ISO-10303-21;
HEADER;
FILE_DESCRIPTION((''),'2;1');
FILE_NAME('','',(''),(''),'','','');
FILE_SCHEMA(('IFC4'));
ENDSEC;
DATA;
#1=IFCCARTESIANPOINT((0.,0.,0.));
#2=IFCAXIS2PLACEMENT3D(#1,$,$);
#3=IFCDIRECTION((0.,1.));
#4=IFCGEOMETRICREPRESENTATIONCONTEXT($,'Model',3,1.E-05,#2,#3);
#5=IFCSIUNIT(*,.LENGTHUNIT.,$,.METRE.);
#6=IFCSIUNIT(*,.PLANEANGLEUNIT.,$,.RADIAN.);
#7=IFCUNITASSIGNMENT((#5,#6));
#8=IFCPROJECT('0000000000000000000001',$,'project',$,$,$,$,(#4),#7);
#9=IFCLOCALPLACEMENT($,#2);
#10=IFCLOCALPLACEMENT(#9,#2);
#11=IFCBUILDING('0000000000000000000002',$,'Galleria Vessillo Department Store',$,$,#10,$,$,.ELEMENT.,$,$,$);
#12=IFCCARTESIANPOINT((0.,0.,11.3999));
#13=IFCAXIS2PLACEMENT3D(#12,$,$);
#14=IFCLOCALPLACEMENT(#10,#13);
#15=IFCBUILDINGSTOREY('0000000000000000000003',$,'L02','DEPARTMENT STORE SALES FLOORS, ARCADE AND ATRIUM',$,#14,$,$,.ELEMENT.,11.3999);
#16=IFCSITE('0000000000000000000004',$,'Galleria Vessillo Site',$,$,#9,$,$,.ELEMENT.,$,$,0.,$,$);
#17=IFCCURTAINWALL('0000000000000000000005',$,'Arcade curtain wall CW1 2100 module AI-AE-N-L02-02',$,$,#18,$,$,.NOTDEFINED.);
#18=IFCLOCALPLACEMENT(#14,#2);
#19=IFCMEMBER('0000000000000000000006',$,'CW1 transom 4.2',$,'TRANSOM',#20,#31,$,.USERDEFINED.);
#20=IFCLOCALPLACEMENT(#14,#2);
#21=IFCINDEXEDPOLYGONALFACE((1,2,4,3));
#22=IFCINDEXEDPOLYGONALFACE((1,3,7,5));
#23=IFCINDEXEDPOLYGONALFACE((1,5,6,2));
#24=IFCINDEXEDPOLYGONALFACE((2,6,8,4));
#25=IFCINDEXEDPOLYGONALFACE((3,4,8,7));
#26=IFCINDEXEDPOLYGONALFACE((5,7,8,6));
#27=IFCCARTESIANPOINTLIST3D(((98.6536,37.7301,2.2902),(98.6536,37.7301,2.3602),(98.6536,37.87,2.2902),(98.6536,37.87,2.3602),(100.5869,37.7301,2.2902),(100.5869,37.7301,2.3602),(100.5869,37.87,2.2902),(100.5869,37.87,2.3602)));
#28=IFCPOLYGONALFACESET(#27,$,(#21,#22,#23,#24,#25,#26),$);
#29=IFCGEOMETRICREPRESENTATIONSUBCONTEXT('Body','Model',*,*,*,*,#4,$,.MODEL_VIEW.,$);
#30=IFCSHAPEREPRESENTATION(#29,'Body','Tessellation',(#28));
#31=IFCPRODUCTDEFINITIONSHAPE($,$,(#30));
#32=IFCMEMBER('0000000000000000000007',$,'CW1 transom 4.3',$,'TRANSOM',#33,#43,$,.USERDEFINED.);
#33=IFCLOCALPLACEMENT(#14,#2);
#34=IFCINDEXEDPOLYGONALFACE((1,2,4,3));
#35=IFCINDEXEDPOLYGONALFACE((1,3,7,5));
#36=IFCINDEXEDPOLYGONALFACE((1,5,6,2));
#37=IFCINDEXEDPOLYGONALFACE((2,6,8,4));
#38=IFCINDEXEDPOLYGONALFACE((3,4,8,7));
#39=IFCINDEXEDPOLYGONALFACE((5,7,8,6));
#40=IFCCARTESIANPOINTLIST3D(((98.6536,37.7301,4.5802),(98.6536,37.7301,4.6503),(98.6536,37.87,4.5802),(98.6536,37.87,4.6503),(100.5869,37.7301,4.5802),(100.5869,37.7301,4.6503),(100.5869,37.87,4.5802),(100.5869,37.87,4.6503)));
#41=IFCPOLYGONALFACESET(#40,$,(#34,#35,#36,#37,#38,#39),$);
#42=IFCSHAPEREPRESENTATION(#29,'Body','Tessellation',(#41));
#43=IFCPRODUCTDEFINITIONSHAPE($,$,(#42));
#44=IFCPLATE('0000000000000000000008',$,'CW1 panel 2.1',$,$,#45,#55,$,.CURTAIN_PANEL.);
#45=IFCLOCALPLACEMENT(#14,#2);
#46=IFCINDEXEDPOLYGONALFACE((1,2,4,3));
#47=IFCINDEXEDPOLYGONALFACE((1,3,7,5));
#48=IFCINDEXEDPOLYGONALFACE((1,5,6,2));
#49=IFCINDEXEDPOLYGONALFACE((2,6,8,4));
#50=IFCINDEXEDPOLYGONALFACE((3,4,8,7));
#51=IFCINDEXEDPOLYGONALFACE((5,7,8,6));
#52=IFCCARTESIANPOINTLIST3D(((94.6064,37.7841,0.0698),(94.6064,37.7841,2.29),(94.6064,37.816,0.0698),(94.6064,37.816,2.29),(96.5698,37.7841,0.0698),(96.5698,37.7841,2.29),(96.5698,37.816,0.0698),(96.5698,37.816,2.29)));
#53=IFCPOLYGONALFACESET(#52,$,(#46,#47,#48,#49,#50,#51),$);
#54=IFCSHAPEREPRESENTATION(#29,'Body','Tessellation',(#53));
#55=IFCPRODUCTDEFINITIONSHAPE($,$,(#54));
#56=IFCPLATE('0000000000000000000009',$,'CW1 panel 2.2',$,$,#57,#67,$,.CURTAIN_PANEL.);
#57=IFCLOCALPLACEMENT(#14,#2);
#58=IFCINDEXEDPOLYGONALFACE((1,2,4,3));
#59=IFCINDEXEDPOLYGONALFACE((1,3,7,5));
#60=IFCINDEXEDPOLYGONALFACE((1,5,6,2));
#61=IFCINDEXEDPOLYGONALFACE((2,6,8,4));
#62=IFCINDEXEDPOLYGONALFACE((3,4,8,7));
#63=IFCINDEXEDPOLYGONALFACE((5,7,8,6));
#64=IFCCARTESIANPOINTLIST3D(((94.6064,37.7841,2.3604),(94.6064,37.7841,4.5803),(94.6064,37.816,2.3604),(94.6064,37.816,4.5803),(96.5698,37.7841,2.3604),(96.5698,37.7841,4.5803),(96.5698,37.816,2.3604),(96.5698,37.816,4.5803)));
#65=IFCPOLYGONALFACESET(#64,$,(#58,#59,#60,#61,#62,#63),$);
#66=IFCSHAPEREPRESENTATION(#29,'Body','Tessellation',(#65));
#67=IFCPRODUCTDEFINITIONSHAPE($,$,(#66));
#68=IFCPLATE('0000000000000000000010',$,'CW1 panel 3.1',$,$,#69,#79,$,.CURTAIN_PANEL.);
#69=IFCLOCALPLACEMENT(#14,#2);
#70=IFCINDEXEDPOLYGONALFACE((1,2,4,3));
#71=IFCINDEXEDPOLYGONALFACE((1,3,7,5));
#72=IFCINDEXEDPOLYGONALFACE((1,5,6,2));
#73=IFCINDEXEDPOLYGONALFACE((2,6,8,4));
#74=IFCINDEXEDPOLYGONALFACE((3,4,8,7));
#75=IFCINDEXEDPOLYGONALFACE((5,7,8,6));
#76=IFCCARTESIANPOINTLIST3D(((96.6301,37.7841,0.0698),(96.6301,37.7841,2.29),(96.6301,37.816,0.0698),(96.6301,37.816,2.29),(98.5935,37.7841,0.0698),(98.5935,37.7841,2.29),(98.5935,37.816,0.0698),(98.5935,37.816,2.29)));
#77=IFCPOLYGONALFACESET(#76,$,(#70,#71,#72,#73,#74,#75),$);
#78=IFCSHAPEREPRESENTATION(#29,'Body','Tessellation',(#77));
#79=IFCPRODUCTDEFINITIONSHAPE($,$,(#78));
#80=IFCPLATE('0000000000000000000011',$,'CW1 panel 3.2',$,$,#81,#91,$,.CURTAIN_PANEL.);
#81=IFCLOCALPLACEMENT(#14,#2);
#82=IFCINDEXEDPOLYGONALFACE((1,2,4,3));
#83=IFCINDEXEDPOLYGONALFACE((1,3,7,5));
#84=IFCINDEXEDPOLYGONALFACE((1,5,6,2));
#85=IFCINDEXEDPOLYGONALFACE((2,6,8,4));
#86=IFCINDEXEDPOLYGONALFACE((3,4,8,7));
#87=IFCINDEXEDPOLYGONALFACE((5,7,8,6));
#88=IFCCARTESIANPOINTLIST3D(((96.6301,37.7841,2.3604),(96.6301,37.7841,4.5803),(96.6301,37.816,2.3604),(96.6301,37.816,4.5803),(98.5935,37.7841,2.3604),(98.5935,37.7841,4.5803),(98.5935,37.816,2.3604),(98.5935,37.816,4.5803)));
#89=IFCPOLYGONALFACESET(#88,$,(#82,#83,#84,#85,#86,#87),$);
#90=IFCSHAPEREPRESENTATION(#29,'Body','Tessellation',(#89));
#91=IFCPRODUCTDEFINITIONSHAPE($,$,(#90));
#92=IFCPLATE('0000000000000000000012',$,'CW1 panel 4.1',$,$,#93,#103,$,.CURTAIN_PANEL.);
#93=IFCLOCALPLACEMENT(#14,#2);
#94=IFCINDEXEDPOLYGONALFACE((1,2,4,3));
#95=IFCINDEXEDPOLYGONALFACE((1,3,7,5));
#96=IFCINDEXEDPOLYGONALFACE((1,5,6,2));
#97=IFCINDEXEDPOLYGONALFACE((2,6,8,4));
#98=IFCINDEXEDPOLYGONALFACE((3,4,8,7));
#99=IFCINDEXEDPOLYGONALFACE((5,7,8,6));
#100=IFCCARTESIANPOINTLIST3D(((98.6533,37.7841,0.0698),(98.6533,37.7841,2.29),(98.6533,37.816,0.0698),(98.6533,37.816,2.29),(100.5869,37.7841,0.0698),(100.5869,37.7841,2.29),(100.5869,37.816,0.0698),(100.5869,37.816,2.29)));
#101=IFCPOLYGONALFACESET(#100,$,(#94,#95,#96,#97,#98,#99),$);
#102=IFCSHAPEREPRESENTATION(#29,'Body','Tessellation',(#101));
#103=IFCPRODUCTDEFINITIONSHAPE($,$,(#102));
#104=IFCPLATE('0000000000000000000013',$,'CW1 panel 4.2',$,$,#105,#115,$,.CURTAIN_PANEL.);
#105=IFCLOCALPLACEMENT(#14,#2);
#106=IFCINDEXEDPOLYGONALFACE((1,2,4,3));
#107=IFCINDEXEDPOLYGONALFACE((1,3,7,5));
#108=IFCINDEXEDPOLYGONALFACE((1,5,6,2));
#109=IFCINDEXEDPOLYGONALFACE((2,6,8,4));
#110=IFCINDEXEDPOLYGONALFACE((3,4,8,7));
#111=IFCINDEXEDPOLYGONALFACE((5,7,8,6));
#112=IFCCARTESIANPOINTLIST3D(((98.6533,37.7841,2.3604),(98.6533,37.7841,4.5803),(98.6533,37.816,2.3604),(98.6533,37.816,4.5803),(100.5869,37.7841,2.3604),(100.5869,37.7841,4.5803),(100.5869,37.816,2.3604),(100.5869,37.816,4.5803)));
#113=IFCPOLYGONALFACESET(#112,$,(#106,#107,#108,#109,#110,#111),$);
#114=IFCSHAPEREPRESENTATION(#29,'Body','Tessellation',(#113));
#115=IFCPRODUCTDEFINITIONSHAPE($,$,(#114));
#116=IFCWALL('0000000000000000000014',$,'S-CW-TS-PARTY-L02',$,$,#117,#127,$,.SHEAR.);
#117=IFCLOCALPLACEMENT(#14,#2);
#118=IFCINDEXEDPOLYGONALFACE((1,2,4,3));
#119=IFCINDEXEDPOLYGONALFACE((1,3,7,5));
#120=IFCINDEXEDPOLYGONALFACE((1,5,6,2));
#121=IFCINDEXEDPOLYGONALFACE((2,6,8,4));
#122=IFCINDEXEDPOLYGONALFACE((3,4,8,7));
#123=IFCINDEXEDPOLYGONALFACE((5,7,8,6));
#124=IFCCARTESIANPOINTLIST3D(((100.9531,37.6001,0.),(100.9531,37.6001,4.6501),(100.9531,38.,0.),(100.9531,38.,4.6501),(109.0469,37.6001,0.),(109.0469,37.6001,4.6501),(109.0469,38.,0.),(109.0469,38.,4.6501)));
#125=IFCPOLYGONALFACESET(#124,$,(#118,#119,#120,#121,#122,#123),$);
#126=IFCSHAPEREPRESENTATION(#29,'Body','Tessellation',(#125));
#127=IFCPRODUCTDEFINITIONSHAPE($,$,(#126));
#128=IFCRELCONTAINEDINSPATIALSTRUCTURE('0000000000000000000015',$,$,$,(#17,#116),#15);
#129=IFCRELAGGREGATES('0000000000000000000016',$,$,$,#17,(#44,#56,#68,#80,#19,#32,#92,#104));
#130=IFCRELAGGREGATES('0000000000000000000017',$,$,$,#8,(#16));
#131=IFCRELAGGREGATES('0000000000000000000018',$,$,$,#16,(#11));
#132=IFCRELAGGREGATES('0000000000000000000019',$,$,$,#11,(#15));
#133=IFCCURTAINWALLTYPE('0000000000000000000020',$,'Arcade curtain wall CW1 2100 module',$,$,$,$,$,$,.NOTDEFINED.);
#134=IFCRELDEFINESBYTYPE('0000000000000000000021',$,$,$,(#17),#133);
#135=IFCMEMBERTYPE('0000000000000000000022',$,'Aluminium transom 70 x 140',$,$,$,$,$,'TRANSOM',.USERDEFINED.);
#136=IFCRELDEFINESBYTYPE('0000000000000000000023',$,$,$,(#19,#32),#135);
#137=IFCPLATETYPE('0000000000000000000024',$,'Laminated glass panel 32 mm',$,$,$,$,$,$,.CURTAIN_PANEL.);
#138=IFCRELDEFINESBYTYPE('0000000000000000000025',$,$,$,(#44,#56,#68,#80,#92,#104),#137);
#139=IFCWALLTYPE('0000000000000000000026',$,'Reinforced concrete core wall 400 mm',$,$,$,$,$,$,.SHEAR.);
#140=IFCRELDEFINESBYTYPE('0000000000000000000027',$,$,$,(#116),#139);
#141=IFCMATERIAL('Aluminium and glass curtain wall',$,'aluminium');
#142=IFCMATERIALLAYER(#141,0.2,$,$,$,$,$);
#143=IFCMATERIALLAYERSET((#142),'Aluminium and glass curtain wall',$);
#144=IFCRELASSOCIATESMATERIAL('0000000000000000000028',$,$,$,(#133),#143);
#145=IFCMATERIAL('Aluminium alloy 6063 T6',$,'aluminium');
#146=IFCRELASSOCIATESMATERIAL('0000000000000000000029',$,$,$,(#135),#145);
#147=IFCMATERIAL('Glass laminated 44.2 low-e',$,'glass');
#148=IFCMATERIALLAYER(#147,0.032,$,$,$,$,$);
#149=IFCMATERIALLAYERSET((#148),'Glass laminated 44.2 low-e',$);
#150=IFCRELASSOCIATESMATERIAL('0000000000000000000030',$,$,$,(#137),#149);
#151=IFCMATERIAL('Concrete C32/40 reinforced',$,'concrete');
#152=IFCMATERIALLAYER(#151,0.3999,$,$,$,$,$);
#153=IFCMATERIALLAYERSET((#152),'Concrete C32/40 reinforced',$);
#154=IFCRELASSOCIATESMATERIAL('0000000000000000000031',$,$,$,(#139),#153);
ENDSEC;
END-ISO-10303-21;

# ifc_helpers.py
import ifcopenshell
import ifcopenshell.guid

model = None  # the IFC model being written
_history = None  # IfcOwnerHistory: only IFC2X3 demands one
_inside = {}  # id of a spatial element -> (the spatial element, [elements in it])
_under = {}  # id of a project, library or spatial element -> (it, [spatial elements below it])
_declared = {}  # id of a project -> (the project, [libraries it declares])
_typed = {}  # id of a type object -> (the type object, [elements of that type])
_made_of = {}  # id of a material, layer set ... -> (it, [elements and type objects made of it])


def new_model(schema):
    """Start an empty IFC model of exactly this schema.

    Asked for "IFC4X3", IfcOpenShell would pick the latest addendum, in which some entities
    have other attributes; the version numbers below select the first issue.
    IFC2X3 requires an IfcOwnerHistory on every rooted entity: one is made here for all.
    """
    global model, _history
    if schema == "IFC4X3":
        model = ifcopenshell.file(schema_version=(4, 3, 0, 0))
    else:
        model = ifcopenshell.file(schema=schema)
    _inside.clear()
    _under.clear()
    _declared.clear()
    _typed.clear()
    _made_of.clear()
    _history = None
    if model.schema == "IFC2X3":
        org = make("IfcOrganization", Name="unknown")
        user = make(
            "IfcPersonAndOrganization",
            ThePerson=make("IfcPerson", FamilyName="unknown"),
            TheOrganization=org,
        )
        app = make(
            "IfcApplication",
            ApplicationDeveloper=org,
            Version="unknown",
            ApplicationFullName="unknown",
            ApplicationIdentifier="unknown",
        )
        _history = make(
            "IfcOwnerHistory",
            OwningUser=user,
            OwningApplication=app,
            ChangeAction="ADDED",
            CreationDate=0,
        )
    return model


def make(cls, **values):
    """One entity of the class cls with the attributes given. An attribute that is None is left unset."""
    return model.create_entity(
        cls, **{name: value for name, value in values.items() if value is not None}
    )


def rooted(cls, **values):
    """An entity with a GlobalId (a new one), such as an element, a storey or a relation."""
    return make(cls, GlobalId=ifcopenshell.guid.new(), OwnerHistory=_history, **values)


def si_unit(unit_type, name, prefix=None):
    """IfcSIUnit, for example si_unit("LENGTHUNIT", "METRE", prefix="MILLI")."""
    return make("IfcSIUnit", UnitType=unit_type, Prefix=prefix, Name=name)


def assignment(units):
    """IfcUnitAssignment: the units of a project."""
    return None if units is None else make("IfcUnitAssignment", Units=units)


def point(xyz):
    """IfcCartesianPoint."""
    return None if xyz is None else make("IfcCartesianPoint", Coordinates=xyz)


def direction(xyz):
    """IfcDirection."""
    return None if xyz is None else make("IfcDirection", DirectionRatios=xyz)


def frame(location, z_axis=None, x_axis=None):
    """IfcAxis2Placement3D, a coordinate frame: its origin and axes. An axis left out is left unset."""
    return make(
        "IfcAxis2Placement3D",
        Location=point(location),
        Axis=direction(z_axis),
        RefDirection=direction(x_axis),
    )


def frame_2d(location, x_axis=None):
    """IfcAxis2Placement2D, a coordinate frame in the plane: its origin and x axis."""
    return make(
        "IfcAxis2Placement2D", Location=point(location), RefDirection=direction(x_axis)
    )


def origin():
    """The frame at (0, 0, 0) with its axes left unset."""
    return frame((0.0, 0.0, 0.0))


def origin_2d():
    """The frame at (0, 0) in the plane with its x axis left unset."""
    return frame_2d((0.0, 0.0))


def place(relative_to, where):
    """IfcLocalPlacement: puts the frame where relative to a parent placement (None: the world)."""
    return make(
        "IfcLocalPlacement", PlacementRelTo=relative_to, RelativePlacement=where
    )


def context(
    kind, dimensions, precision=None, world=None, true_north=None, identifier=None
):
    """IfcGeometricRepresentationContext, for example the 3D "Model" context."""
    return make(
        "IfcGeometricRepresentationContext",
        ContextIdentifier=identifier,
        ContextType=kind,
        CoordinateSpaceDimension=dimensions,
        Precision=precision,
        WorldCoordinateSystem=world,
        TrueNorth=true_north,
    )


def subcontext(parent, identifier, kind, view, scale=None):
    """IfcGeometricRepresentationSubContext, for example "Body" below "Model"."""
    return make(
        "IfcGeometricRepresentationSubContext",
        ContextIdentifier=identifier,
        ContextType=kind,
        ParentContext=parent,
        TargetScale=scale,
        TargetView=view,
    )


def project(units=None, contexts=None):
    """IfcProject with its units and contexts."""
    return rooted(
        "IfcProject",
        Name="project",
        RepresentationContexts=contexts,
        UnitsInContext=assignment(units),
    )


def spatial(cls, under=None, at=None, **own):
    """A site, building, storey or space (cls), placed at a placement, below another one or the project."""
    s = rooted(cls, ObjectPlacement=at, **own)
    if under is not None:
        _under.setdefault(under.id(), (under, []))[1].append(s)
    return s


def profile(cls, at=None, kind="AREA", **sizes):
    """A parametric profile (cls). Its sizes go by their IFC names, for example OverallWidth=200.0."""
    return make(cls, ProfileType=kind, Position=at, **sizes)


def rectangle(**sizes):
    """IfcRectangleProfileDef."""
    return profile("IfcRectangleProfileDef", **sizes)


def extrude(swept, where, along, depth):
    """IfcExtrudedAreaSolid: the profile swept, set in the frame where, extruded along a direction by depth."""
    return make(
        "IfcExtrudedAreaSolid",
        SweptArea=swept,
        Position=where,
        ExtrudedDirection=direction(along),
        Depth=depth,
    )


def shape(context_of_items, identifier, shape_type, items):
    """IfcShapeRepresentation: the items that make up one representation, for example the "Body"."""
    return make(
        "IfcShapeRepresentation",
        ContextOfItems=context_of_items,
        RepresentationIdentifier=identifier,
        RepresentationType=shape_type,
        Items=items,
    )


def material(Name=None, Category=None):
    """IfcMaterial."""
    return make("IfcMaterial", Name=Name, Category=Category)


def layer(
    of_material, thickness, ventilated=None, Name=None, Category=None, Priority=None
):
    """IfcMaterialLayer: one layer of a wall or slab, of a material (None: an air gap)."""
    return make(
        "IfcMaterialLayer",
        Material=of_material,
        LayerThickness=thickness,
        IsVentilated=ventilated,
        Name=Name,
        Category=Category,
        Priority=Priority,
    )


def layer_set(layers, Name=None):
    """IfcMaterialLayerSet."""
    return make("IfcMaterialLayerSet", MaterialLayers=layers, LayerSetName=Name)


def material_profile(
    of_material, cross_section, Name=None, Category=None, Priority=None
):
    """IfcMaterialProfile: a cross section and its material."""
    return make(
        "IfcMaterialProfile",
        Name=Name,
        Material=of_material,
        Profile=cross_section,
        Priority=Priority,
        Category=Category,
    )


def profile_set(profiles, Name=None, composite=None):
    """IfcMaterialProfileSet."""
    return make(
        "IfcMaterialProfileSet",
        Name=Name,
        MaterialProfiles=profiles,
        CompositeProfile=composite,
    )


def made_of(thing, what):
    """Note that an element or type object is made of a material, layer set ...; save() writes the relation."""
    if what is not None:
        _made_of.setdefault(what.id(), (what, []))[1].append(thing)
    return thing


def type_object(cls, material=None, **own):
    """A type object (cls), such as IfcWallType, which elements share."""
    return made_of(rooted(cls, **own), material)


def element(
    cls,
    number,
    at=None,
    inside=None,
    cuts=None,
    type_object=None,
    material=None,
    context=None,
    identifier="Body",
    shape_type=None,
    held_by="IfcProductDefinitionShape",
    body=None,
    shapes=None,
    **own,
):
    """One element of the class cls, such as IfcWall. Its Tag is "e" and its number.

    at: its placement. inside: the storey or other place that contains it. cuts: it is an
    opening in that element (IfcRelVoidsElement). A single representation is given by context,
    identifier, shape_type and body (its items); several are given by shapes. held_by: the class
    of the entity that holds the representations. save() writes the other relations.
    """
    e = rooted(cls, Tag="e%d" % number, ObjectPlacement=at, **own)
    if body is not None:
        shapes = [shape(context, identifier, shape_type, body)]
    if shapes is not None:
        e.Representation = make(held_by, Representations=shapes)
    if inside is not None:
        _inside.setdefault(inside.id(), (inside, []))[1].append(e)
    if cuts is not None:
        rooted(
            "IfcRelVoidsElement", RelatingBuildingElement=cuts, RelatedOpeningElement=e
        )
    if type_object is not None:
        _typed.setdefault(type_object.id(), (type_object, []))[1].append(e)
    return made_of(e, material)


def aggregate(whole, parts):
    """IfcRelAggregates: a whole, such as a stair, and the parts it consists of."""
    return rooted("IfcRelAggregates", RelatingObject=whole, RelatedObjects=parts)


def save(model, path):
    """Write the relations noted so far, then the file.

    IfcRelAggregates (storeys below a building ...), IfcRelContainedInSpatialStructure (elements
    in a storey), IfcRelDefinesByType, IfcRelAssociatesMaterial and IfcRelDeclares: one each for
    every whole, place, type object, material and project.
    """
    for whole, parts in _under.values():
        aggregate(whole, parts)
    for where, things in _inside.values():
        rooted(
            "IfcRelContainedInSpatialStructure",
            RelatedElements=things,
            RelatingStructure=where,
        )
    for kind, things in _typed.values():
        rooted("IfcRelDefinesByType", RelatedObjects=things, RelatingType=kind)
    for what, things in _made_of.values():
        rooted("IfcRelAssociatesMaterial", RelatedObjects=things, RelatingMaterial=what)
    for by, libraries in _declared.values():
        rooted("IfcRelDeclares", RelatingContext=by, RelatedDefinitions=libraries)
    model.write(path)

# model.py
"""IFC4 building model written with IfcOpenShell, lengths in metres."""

from ifc_helpers import new_model, si_unit, direction, frame, frame_2d, origin, origin_2d, place, context, subcontext, project, spatial, rectangle, extrude, material, layer, layer_set, material_profile, profile_set, type_object, element, aggregate, save


model = new_model("IFC4")

# Units and contexts
model_context = context("Model", 3, precision=1e-05, world=origin(), true_north=direction((0.0, 1.0)))
body_context = subcontext(model_context, "Body", "Model", "MODEL_VIEW")
ifc_project = project(units=[si_unit("LENGTHUNIT", "METRE"), si_unit("PLANEANGLEUNIT", "RADIAN")], contexts=[model_context])

# Site, building, storey
site_placement = place(None, origin())
site = spatial("IfcSite", under=ifc_project, at=site_placement, Name="Galleria Vessillo Site", CompositionType="ELEMENT", RefElevation=0.0)
building_placement = place(site_placement, origin())
building = spatial("IfcBuilding", under=site, at=building_placement, Name="Galleria Vessillo Department Store", CompositionType="ELEMENT")
storey_placement = place(building_placement, frame((0.0, 0.0, 11.3999)))
storey = spatial("IfcBuildingStorey", under=building, at=storey_placement, Name="L02", Description="DEPARTMENT STORE SALES FLOORS, ARCADE AND ATRIUM", CompositionType="ELEMENT", Elevation=11.3999)

# Curtain wall, members, plates
ifc_material_1 = material(Name="Aluminium and glass curtain wall", Category="aluminium")
ifc_layer_1 = layer(ifc_material_1, 0.2)
ifc_layer_set_1 = layer_set([ifc_layer_1], Name="Aluminium and glass curtain wall")
curtain_wall_type = type_object("IfcCurtainWallType", Name="Arcade curtain wall CW1 2100 module", PredefinedType="NOTDEFINED", material=ifc_layer_set_1)
curtain_wall_placement = place(storey_placement, origin())
curtain_wall = element("IfcCurtainWall", 1, at=curtain_wall_placement, inside=storey, type_object=curtain_wall_type, Name="Arcade curtain wall CW1 2100 module AI-AE-N-L02-02", PredefinedType="NOTDEFINED")
ifc_material_2 = material(Name="Aluminium alloy 6063 T6", Category="aluminium")
ifc_material_profile_1 = material_profile(ifc_material_2, rectangle(XDim=0.1399, YDim=0.0701, at=origin_2d()), Name="AL 70x140")
ifc_profile_set_1 = profile_set([ifc_material_profile_1], Name="Aluminium alloy 6063 T6")
member_type_1 = type_object("IfcMemberType", Name="Aluminium transom 70 x 140", ElementType="TRANSOM", PredefinedType="USERDEFINED", material=ifc_profile_set_1)
member_1_placement = place(storey_placement, frame((98.6536, 37.8, 2.3252), z_axis=(1.0, 0.0, 0.0), x_axis=(0.0, 1.0, 0.0)))
member_1 = element("IfcMember", 2, at=member_1_placement, type_object=member_type_1, Name="CW1 transom 4.2", ObjectType="TRANSOM", PredefinedType="USERDEFINED", context=body_context, shape_type="SweptSolid", body=[
    extrude(rectangle(XDim=0.1399, YDim=0.0701, at=origin_2d()), origin(), (0.0, 0.0, 1.0), 1.9333),
])
member_2_placement = place(storey_placement, frame((98.6536, 37.8, 4.6152), z_axis=(1.0, 0.0, 0.0), x_axis=(0.0, 1.0, 0.0)))
member_2 = element("IfcMember", 3, at=member_2_placement, type_object=member_type_1, Name="CW1 transom 4.3", ObjectType="TRANSOM", PredefinedType="USERDEFINED", context=body_context, shape_type="SweptSolid", body=[
    extrude(rectangle(XDim=0.1399, YDim=0.0701, at=origin_2d()), origin(), (0.0, 0.0, 1.0), 1.9333),
])
ifc_material_3 = material(Name="Glass laminated 44.2 low-e", Category="glass")
ifc_layer_2 = layer(ifc_material_3, 0.032)
ifc_layer_set_2 = layer_set([ifc_layer_2], Name="Glass laminated 44.2 low-e")
plate_type = type_object("IfcPlateType", Name="Laminated glass panel 32 mm", PredefinedType="CURTAIN_PANEL", material=ifc_layer_set_2)
plate_1_placement = place(storey_placement, frame((95.5881, 37.8, 0.0698), z_axis=(0.0, 0.0, 1.0), x_axis=(1.0, 0.0, 0.0)))
plate_1 = element("IfcPlate", 4, at=plate_1_placement, type_object=plate_type, Name="CW1 panel 2.1", PredefinedType="CURTAIN_PANEL", context=body_context, shape_type="SweptSolid", body=[
    extrude(rectangle(XDim=1.9634, YDim=0.032, at=origin_2d()), origin(), (0.0, 0.0, 1.0), 2.2202),
])
plate_2_placement = place(storey_placement, frame((95.5881, 37.8, 2.3604), z_axis=(0.0, 0.0, 1.0), x_axis=(1.0, 0.0, 0.0)))
plate_2 = element("IfcPlate", 5, at=plate_2_placement, type_object=plate_type, Name="CW1 panel 2.2", PredefinedType="CURTAIN_PANEL", context=body_context, shape_type="SweptSolid", body=[
    extrude(rectangle(XDim=1.9634, YDim=0.032, at=origin_2d()), origin(), (0.0, 0.0, 1.0), 2.22),
])
plate_3_placement = place(storey_placement, frame((97.6118, 37.8, 0.0698), z_axis=(0.0, 0.0, 1.0), x_axis=(1.0, 0.0, 0.0)))
plate_3 = element("IfcPlate", 6, at=plate_3_placement, type_object=plate_type, Name="CW1 panel 3.1", PredefinedType="CURTAIN_PANEL", context=body_context, shape_type="SweptSolid", body=[
    extrude(rectangle(XDim=1.9634, YDim=0.032, at=origin_2d()), origin(), (0.0, 0.0, 1.0), 2.2202),
])
plate_4_placement = place(storey_placement, frame((97.6118, 37.8, 2.3604), z_axis=(0.0, 0.0, 1.0), x_axis=(1.0, 0.0, 0.0)))
plate_4 = element("IfcPlate", 7, at=plate_4_placement, type_object=plate_type, Name="CW1 panel 3.2", PredefinedType="CURTAIN_PANEL", context=body_context, shape_type="SweptSolid", body=[
    extrude(rectangle(XDim=1.9634, YDim=0.032, at=origin_2d()), origin(), (0.0, 0.0, 1.0), 2.22),
])
plate_5_placement = place(storey_placement, frame((99.6201, 37.8, 0.0698), z_axis=(0.0, 0.0, 1.0), x_axis=(1.0, 0.0, 0.0)))
plate_5 = element("IfcPlate", 8, at=plate_5_placement, type_object=plate_type, Name="CW1 panel 4.1", PredefinedType="CURTAIN_PANEL", context=body_context, shape_type="SweptSolid", body=[
    extrude(rectangle(XDim=1.9336, YDim=0.032, at=origin_2d()), origin(), (0.0, 0.0, 1.0), 2.2202),
])
plate_6_placement = place(storey_placement, frame((99.6201, 37.8, 2.3604), z_axis=(0.0, 0.0, 1.0), x_axis=(1.0, 0.0, 0.0)))
plate_6 = element("IfcPlate", 9, at=plate_6_placement, type_object=plate_type, Name="CW1 panel 4.2", PredefinedType="CURTAIN_PANEL", context=body_context, shape_type="SweptSolid", body=[
    extrude(rectangle(XDim=1.9336, YDim=0.032, at=origin_2d()), origin(), (0.0, 0.0, 1.0), 2.22),
])
aggregate(curtain_wall, [plate_1, plate_2, plate_3, plate_4, member_1, member_2, plate_5, plate_6])

# Wall
ifc_material_4 = material(Name="Concrete C32/40 reinforced", Category="concrete")
ifc_layer_3 = layer(ifc_material_4, 0.3999)
ifc_layer_set_3 = layer_set([ifc_layer_3], Name="Concrete C32/40 reinforced")
wall_type = type_object("IfcWallType", Name="Reinforced concrete core wall 400 mm", PredefinedType="SHEAR", material=ifc_layer_set_3)
wall_placement = place(storey_placement, frame((100.9531, 37.8, 0.0), z_axis=(0.0, 0.0, 1.0), x_axis=(1.0, 0.0, 0.0)))
element("IfcWall", 10, at=wall_placement, inside=storey, type_object=wall_type, Name="S-CW-TS-PARTY-L02", PredefinedType="SHEAR", context=body_context, shape_type="SweptSolid", body=[
    extrude(rectangle(XDim=8.0938, YDim=0.3999, at=frame_2d((4.0469, 0.0))), origin(), (0.0, 0.0, 1.0), 4.6501),
])

save(model, "model.ifc")
